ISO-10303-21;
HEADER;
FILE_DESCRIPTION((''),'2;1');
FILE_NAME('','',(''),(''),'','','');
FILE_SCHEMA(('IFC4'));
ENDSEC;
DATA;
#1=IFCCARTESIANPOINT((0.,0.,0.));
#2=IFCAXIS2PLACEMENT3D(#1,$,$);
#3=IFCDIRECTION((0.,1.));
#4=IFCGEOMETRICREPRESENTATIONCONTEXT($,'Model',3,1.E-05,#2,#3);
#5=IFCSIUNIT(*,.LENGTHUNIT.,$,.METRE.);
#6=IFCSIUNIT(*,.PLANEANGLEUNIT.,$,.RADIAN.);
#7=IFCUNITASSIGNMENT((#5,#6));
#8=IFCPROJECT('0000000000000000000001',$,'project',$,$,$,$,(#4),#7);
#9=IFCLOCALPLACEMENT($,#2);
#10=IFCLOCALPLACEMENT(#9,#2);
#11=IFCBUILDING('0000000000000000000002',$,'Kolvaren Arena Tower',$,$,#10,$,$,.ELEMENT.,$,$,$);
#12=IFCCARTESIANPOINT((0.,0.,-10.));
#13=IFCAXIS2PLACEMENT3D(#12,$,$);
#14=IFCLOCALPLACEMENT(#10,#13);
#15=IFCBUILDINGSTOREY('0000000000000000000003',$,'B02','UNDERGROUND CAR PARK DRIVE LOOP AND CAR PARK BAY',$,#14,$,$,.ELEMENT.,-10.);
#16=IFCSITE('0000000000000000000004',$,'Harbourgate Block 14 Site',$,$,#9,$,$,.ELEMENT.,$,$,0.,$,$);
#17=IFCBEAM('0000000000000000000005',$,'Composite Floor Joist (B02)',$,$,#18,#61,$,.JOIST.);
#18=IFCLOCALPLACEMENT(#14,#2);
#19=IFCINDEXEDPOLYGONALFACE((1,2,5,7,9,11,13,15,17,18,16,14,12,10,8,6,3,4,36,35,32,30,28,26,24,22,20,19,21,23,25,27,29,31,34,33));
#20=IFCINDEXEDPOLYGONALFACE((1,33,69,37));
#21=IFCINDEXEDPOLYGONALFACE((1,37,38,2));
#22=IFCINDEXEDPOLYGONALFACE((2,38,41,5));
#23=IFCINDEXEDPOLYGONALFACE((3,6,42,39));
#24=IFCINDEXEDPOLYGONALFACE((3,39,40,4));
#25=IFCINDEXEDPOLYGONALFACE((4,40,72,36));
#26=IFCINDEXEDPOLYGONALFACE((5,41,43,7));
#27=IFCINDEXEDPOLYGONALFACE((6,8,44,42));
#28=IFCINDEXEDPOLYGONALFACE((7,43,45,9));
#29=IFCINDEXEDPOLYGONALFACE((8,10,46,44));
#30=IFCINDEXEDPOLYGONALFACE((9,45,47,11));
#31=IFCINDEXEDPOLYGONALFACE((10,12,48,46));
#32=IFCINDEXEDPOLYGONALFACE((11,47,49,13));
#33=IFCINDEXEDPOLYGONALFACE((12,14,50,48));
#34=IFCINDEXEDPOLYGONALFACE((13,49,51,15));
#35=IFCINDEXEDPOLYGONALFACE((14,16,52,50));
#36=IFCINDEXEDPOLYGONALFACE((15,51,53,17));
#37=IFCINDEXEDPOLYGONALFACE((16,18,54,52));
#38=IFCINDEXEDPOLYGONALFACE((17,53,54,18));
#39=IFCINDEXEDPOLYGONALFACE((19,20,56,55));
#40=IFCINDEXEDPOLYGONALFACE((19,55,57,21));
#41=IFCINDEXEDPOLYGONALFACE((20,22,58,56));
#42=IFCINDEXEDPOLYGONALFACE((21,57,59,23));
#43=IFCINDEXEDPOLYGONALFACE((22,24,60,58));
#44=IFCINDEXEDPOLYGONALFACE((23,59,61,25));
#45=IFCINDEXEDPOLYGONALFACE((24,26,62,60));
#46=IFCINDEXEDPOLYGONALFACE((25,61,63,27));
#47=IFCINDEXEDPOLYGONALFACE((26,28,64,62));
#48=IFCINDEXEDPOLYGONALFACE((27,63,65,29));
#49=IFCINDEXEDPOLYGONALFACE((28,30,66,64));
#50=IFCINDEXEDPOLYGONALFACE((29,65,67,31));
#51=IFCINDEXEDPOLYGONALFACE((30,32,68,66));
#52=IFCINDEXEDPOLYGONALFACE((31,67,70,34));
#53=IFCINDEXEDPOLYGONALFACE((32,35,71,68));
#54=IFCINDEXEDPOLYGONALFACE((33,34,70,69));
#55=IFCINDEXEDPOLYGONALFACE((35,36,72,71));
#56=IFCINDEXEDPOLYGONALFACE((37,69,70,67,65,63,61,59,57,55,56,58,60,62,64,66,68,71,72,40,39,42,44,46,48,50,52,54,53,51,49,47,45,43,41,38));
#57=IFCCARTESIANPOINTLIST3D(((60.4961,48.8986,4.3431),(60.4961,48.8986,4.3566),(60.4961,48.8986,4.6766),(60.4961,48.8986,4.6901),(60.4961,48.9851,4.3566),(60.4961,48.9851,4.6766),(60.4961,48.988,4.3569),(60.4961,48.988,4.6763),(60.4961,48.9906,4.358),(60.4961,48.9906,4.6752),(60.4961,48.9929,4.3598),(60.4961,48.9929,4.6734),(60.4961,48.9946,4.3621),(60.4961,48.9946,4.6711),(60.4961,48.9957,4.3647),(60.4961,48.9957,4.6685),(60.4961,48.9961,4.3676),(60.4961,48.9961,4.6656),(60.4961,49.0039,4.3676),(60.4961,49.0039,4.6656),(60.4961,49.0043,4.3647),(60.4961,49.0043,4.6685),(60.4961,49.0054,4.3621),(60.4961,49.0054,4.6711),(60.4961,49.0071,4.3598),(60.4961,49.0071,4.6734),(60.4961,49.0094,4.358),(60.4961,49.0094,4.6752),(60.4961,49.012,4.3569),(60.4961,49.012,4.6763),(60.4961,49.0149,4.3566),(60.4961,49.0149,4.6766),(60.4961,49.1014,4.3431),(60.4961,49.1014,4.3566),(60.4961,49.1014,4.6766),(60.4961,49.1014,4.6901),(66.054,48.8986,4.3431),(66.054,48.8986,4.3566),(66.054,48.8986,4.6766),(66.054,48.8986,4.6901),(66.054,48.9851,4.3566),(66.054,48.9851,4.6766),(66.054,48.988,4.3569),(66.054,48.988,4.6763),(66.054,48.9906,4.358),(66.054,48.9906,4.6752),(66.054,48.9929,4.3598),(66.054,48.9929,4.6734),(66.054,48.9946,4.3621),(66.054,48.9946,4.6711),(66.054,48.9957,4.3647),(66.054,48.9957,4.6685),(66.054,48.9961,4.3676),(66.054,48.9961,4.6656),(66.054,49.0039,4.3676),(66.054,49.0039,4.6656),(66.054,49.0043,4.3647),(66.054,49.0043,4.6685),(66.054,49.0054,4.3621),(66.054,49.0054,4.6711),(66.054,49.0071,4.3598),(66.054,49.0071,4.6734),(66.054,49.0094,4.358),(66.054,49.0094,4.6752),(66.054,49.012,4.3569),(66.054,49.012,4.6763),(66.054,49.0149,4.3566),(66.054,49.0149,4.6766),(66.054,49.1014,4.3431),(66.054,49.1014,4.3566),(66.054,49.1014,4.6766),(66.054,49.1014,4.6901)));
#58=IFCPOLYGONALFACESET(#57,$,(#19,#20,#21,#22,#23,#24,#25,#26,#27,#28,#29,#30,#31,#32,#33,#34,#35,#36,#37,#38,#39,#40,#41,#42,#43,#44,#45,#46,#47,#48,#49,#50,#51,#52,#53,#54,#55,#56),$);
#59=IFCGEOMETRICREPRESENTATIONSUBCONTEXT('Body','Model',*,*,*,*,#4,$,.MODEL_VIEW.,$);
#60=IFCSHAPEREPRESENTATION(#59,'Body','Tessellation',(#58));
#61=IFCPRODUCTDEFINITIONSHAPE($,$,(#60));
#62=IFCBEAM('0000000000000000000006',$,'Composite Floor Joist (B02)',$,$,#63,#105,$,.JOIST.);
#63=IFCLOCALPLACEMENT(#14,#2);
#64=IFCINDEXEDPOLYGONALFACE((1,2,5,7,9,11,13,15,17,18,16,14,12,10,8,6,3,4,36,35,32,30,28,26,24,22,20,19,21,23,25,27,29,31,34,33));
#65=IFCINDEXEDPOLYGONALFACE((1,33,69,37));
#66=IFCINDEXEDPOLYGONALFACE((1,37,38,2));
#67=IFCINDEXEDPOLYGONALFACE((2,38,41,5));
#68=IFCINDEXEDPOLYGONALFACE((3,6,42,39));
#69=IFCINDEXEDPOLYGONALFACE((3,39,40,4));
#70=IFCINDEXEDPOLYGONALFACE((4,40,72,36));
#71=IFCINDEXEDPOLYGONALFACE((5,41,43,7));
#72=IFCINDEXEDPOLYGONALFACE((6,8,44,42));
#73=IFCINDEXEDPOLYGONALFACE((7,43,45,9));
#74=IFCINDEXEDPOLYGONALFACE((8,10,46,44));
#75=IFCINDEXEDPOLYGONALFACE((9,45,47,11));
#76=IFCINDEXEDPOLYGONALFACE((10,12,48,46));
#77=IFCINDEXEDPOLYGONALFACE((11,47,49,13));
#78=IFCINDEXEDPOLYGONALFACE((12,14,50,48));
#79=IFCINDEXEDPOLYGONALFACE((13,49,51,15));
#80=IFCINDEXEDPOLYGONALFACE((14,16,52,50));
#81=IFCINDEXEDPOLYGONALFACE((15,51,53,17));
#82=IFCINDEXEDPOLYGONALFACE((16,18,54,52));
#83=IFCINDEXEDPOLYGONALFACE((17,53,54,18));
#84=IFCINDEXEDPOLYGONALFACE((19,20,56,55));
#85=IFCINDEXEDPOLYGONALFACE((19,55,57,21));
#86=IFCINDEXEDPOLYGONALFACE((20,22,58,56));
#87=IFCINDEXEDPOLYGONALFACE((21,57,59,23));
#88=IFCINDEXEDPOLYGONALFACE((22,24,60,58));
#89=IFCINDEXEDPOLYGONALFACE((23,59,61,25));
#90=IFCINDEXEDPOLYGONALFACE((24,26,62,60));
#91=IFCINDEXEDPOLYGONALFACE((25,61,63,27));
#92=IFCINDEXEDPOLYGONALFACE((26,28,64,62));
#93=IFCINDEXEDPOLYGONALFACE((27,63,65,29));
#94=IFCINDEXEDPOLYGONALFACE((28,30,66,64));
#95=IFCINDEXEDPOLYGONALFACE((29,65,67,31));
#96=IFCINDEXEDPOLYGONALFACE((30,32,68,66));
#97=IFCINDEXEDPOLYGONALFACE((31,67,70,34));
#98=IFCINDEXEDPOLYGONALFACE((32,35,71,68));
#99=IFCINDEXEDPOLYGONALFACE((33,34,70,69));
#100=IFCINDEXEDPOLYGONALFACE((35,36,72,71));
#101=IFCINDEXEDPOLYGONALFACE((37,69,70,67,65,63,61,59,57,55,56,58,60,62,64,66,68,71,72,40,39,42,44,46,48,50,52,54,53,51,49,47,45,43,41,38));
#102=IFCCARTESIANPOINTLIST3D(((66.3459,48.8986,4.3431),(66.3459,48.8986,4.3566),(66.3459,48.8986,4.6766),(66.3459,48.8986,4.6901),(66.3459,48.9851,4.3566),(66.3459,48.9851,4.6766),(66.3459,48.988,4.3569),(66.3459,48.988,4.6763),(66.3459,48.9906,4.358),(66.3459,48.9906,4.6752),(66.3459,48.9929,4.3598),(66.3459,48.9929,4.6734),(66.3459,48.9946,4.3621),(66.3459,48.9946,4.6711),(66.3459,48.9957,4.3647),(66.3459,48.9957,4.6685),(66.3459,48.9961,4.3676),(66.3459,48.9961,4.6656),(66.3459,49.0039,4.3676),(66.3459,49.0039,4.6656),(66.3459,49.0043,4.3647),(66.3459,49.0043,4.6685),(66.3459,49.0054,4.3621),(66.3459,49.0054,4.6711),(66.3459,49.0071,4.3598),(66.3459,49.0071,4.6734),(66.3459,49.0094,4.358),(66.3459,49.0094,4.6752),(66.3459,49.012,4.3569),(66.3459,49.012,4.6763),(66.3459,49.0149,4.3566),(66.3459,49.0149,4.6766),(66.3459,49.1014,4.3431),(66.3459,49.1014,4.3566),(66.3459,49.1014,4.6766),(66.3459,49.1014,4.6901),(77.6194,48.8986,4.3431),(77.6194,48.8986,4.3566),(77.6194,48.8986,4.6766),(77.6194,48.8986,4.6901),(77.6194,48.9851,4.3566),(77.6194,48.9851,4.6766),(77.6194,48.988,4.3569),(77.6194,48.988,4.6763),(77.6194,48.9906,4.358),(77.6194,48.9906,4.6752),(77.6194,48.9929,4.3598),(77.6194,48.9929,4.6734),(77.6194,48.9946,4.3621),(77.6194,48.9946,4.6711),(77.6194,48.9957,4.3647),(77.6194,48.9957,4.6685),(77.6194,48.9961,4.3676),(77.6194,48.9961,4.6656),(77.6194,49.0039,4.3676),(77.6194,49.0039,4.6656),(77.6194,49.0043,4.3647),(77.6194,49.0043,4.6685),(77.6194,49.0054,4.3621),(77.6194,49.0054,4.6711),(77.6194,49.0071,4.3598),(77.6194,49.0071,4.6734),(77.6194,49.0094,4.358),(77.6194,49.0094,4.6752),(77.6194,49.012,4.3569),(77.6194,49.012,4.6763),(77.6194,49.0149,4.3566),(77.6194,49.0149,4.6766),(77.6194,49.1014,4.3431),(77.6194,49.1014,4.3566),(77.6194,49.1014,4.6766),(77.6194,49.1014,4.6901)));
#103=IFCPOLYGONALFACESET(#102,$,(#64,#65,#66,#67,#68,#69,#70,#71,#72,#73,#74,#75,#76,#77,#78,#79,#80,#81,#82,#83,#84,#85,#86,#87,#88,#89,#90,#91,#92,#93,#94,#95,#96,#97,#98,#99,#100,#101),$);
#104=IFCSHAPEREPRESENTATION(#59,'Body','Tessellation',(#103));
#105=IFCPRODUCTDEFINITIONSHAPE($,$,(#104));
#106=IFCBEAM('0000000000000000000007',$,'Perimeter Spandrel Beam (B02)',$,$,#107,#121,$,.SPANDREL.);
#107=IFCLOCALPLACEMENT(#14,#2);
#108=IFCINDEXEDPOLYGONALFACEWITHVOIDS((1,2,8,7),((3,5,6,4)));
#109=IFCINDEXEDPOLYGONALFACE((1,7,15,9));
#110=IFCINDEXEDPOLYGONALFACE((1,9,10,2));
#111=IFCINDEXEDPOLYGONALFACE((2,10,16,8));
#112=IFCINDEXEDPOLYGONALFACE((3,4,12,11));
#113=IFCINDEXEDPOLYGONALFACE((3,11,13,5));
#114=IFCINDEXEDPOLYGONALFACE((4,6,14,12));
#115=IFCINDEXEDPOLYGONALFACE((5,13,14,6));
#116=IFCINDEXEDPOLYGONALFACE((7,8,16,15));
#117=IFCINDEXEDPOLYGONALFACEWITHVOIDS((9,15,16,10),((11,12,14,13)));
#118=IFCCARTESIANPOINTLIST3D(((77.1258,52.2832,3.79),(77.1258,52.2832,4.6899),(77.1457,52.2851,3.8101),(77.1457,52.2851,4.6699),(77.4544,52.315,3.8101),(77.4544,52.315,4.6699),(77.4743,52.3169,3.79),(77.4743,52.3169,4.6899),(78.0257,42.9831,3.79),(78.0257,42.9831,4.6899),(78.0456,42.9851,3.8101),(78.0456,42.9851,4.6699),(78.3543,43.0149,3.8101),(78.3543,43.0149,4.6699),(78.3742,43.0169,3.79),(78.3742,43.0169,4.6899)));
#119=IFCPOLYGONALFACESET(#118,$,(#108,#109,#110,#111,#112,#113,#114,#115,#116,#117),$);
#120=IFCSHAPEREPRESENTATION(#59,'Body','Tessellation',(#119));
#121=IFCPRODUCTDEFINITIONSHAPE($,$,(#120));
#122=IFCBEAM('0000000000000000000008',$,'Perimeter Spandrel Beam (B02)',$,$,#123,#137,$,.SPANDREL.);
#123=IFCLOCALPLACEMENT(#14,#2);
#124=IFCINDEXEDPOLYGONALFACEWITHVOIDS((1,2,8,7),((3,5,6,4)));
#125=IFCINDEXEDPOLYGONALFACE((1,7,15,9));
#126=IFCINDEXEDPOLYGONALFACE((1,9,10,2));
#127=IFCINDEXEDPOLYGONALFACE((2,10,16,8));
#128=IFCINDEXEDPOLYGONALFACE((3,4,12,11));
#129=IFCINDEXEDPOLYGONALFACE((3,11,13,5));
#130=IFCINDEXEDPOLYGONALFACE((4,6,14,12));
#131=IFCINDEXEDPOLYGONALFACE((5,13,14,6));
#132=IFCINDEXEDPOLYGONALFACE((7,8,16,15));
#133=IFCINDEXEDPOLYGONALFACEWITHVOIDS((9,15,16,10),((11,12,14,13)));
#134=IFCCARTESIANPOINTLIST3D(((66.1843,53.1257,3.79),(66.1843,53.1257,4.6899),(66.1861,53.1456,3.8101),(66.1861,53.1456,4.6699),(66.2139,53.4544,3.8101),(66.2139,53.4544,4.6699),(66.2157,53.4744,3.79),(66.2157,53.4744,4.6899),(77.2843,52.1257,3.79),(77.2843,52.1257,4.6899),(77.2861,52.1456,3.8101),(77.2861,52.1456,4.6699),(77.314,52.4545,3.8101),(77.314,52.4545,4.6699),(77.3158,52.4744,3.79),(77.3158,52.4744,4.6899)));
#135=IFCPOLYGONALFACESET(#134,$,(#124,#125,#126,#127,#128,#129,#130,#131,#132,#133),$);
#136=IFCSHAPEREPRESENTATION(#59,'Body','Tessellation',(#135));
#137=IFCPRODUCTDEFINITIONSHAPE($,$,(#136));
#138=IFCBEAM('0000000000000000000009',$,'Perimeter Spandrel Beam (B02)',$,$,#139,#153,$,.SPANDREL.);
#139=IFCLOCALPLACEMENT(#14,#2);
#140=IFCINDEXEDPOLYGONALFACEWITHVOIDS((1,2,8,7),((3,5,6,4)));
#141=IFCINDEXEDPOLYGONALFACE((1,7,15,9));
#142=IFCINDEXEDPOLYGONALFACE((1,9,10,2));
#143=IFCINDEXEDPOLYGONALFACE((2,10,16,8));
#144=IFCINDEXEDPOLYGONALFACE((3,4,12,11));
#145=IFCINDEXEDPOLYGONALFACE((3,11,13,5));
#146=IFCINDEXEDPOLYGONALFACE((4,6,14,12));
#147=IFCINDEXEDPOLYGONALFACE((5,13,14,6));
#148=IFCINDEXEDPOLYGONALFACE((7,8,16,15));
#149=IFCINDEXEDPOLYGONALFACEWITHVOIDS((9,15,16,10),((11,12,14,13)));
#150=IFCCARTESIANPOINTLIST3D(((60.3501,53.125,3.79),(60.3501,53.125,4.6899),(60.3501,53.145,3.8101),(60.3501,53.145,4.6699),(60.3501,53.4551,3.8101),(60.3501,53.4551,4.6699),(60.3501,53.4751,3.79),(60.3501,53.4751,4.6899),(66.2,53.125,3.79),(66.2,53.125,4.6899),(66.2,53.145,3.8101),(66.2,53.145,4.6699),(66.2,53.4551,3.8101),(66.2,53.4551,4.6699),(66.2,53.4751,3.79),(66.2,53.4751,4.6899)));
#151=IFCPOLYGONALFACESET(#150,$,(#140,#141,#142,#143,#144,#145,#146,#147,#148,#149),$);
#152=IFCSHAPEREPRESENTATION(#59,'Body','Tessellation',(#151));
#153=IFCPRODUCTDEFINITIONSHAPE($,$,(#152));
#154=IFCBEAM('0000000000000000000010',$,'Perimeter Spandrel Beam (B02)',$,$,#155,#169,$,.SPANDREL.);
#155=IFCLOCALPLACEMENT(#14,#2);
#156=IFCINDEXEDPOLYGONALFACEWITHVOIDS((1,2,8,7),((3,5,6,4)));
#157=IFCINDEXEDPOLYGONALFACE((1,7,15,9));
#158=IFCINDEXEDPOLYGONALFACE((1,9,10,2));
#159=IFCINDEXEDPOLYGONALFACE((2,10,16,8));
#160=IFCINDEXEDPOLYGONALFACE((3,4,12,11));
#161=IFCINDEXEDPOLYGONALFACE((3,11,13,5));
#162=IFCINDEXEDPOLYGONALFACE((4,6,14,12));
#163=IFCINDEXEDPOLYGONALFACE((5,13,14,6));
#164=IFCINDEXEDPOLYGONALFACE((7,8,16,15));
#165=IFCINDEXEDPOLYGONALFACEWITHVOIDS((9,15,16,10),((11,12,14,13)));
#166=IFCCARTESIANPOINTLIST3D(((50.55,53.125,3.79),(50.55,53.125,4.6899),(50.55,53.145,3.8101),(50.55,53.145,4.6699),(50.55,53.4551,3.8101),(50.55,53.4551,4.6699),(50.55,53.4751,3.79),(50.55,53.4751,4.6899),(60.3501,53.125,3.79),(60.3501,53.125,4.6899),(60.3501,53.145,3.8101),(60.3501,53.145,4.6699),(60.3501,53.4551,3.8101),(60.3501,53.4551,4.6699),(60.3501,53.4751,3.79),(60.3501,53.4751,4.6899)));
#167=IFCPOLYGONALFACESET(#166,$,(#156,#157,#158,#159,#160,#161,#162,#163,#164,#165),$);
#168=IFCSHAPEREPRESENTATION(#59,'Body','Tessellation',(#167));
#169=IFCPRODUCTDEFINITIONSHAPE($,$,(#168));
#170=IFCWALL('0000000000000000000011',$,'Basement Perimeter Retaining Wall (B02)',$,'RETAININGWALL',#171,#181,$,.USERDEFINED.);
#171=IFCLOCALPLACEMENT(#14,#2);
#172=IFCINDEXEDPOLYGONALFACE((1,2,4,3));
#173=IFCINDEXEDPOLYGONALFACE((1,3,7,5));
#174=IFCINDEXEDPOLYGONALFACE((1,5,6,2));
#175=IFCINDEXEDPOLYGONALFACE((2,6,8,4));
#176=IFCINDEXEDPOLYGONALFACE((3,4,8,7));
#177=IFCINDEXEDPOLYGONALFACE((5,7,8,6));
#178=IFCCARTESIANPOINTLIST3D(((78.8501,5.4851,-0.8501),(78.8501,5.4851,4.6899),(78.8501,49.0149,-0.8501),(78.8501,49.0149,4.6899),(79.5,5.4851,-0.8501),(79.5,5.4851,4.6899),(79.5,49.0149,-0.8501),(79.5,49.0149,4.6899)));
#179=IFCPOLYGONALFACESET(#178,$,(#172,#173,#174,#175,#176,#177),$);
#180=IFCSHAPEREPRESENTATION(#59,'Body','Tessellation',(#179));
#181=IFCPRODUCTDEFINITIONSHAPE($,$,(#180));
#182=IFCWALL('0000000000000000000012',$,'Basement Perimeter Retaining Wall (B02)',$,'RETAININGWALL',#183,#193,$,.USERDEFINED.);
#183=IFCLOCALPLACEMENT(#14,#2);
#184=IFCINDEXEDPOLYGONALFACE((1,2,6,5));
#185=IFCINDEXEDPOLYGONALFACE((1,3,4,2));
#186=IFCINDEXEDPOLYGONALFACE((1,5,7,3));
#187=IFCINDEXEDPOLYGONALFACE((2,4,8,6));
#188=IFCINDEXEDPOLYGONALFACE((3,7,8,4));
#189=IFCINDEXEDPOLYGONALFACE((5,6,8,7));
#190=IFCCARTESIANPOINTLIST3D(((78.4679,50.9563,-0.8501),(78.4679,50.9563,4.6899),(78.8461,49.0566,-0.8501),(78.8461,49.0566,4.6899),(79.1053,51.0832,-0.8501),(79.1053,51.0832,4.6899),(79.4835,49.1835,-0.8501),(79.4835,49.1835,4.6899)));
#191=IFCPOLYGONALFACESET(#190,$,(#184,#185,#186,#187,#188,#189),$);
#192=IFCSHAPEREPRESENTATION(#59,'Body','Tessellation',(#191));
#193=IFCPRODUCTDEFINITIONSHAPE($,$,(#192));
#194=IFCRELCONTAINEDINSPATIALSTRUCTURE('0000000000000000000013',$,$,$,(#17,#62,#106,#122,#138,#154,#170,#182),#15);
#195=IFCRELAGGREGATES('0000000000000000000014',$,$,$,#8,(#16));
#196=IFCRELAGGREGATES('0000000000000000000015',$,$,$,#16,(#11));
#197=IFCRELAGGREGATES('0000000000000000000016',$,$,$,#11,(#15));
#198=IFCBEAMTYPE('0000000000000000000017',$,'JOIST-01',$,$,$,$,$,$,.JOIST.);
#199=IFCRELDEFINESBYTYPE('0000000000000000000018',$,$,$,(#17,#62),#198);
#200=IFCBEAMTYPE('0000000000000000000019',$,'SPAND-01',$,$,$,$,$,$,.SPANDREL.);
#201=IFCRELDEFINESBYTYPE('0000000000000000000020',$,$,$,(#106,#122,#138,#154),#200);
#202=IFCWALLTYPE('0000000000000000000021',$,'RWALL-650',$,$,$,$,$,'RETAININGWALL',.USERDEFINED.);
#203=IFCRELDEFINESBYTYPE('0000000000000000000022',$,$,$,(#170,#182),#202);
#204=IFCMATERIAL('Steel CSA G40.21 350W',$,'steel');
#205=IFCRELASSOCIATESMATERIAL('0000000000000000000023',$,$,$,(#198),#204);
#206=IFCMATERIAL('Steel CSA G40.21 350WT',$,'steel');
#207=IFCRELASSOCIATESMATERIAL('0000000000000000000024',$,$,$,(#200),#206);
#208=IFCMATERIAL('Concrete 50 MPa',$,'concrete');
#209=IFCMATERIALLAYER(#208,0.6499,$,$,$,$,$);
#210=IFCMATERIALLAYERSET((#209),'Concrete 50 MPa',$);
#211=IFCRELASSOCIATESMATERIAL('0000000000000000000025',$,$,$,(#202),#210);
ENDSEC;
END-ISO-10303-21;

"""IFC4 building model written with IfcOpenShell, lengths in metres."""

from ifc_helpers import new_model, si_unit, direction, frame, frame_2d, origin, origin_2d, place, context, subcontext, project, spatial, rectangle, hollow_rectangle, i_section, extrude, material, layer, layer_set, material_profile, profile_set, type_object, element, save


model = new_model("IFC4")

# Units and contexts
model_context = context("Model", 3, precision=1e-05, world=origin(), true_north=direction((0.0, 1.0)))
body_context = subcontext(model_context, "Body", "Model", "MODEL_VIEW")
ifc_project = project(units=[si_unit("LENGTHUNIT", "METRE"), si_unit("PLANEANGLEUNIT", "RADIAN")], contexts=[model_context])

# Site, building, storey
site_placement = place(None, origin())
site = spatial("IfcSite", under=ifc_project, at=site_placement, Name="Harbourgate Block 14 Site", CompositionType="ELEMENT", RefElevation=0.0)
building_placement = place(site_placement, origin())
building = spatial("IfcBuilding", under=site, at=building_placement, Name="Kolvaren Arena Tower", CompositionType="ELEMENT")
storey_placement = place(building_placement, frame((0.0, 0.0, -10.0)))
storey = spatial("IfcBuildingStorey", under=building, at=storey_placement, Name="B02", Description="UNDERGROUND CAR PARK DRIVE LOOP AND CAR PARK BAY", CompositionType="ELEMENT", Elevation=-10.0)

# Beams
ifc_material_1 = material(Name="Steel CSA G40.21 350W", Category="steel")
ifc_material_profile_1 = material_profile(ifc_material_1, i_section(OverallWidth=0.2029, OverallDepth=0.3469, WebThickness=0.0078, FlangeThickness=0.0134, FilletRadius=0.011, at=origin_2d()), Name="W360x64")
ifc_profile_set_1 = profile_set([ifc_material_profile_1], Name="Steel CSA G40.21 350W")
beam_type_1 = type_object("IfcBeamType", Name="JOIST-01", PredefinedType="JOIST", material=ifc_profile_set_1)
beam_1_placement = place(storey_placement, frame((60.4961, 49.0, 4.5166), z_axis=(1.0, 0.0, 0.0), x_axis=(0.0, 1.0, 0.0)))
element("IfcBeam", 1, at=beam_1_placement, inside=storey, type_object=beam_type_1, Name="Composite Floor Joist (B02)", PredefinedType="JOIST", context=body_context, shape_type="SweptSolid", body=[
    extrude(i_section(OverallWidth=0.2029, OverallDepth=0.3469, WebThickness=0.0078, FlangeThickness=0.0134, FilletRadius=0.011, at=origin_2d()), origin(), (0.0, 0.0, 1.0), 5.5579),
])
beam_2_placement = place(storey_placement, frame((66.3459, 49.0, 4.5166), z_axis=(1.0, 0.0, 0.0), x_axis=(0.0, 1.0, 0.0)))
element("IfcBeam", 2, at=beam_2_placement, inside=storey, type_object=beam_type_1, Name="Composite Floor Joist (B02)", PredefinedType="JOIST", context=body_context, shape_type="SweptSolid", body=[
    extrude(i_section(OverallWidth=0.2029, OverallDepth=0.3469, WebThickness=0.0078, FlangeThickness=0.0134, FilletRadius=0.011, at=origin_2d()), origin(), (0.0, 0.0, 1.0), 11.2734),
])
ifc_material_2 = material(Name="Steel CSA G40.21 350WT", Category="steel")
ifc_material_profile_2 = material_profile(ifc_material_2, hollow_rectangle(XDim=0.3501, YDim=0.8999, WallThickness=0.02, at=origin_2d()), Name="HSS 900x350x20")
ifc_profile_set_2 = profile_set([ifc_material_profile_2], Name="Steel CSA G40.21 350WT")
beam_type_2 = type_object("IfcBeamType", Name="SPAND-01", PredefinedType="SPANDREL", material=ifc_profile_set_2)
beam_3_placement = place(storey_placement, frame((78.2, 43.0, 4.24), z_axis=(-0.096313, 0.995351, 0.0), x_axis=(-0.995351, -0.096313, 0.0)))
element("IfcBeam", 3, at=beam_3_placement, inside=storey, type_object=beam_type_2, Name="Perimeter Spandrel Beam (B02)", PredefinedType="SPANDREL", context=body_context, shape_type="SweptSolid", body=[
    extrude(hollow_rectangle(XDim=0.3501, YDim=0.8999, WallThickness=0.02, at=origin_2d()), origin(), (0.0, 0.0, 1.0), 9.3435),
])
beam_4_placement = place(storey_placement, frame((77.3, 52.3, 4.24), z_axis=(-0.995966, 0.089726, 0.0), x_axis=(-0.089726, -0.995966, 0.0)))
element("IfcBeam", 4, at=beam_4_placement, inside=storey, type_object=beam_type_2, Name="Perimeter Spandrel Beam (B02)", PredefinedType="SPANDREL", context=body_context, shape_type="SweptSolid", body=[
    extrude(hollow_rectangle(XDim=0.3501, YDim=0.8999, WallThickness=0.02, at=origin_2d()), origin(), (0.0, 0.0, 1.0), 11.145),
])
beam_5_placement = place(storey_placement, frame((66.2, 53.3, 4.24), z_axis=(-1.0, 0.0, 0.0), x_axis=(0.0, -1.0, 0.0)))
element("IfcBeam", 5, at=beam_5_placement, inside=storey, type_object=beam_type_2, Name="Perimeter Spandrel Beam (B02)", PredefinedType="SPANDREL", context=body_context, shape_type="SweptSolid", body=[
    extrude(hollow_rectangle(XDim=0.3501, YDim=0.8999, WallThickness=0.02, at=origin_2d()), origin(), (0.0, 0.0, 1.0), 5.8499),
])
beam_6_placement = place(storey_placement, frame((60.3501, 53.3, 4.24), z_axis=(-1.0, 0.0, 0.0), x_axis=(0.0, -1.0, 0.0)))
element("IfcBeam", 6, at=beam_6_placement, inside=storey, type_object=beam_type_2, Name="Perimeter Spandrel Beam (B02)", PredefinedType="SPANDREL", context=body_context, shape_type="SweptSolid", body=[
    extrude(hollow_rectangle(XDim=0.3501, YDim=0.8999, WallThickness=0.02, at=origin_2d()), origin(), (0.0, 0.0, 1.0), 9.8),
])

# Walls
ifc_material_3 = material(Name="Concrete 50 MPa", Category="concrete")
ifc_layer = layer(ifc_material_3, 0.6499)
ifc_layer_set = layer_set([ifc_layer], Name="Concrete 50 MPa")
wall_type = type_object("IfcWallType", Name="RWALL-650", ElementType="RETAININGWALL", PredefinedType="USERDEFINED", material=ifc_layer_set)
wall_placement = place(storey_placement, frame((79.175, 49.0149, -0.8501), z_axis=(0.0, 0.0, 1.0), x_axis=(0.0, -1.0, 0.0)))
element("IfcWall", 7, at=wall_placement, inside=storey, type_object=wall_type, Name="Basement Perimeter Retaining Wall (B02)", ObjectType="RETAININGWALL", PredefinedType="USERDEFINED", context=body_context, shape_type="SweptSolid", body=[
    extrude(rectangle(XDim=43.5298, YDim=0.6499, at=frame_2d((21.7649, 0.0))), origin(), (0.0, 0.0, 1.0), 5.54),
])
for number, where, z_axis, x_axis, name in (
    (8, (78.7866, 51.0198, -0.8501), (0.0, 0.0, 1.0), (0.195243, -0.980755, 0.0), "Basement Perimeter Retaining Wall (B02)"),
):
    element("IfcWall", number, at=place(storey_placement, frame(where, z_axis=z_axis, x_axis=x_axis)), inside=storey, type_object=wall_type, Name=name, ObjectType="RETAININGWALL", PredefinedType="USERDEFINED", context=body_context, shape_type="SweptSolid", body=[
        extrude(rectangle(XDim=1.937, YDim=0.6499, at=frame_2d((0.9685, 0.0))), origin(), (0.0, 0.0, 1.0), 5.54),
    ])

save(model, "model.ifc")
